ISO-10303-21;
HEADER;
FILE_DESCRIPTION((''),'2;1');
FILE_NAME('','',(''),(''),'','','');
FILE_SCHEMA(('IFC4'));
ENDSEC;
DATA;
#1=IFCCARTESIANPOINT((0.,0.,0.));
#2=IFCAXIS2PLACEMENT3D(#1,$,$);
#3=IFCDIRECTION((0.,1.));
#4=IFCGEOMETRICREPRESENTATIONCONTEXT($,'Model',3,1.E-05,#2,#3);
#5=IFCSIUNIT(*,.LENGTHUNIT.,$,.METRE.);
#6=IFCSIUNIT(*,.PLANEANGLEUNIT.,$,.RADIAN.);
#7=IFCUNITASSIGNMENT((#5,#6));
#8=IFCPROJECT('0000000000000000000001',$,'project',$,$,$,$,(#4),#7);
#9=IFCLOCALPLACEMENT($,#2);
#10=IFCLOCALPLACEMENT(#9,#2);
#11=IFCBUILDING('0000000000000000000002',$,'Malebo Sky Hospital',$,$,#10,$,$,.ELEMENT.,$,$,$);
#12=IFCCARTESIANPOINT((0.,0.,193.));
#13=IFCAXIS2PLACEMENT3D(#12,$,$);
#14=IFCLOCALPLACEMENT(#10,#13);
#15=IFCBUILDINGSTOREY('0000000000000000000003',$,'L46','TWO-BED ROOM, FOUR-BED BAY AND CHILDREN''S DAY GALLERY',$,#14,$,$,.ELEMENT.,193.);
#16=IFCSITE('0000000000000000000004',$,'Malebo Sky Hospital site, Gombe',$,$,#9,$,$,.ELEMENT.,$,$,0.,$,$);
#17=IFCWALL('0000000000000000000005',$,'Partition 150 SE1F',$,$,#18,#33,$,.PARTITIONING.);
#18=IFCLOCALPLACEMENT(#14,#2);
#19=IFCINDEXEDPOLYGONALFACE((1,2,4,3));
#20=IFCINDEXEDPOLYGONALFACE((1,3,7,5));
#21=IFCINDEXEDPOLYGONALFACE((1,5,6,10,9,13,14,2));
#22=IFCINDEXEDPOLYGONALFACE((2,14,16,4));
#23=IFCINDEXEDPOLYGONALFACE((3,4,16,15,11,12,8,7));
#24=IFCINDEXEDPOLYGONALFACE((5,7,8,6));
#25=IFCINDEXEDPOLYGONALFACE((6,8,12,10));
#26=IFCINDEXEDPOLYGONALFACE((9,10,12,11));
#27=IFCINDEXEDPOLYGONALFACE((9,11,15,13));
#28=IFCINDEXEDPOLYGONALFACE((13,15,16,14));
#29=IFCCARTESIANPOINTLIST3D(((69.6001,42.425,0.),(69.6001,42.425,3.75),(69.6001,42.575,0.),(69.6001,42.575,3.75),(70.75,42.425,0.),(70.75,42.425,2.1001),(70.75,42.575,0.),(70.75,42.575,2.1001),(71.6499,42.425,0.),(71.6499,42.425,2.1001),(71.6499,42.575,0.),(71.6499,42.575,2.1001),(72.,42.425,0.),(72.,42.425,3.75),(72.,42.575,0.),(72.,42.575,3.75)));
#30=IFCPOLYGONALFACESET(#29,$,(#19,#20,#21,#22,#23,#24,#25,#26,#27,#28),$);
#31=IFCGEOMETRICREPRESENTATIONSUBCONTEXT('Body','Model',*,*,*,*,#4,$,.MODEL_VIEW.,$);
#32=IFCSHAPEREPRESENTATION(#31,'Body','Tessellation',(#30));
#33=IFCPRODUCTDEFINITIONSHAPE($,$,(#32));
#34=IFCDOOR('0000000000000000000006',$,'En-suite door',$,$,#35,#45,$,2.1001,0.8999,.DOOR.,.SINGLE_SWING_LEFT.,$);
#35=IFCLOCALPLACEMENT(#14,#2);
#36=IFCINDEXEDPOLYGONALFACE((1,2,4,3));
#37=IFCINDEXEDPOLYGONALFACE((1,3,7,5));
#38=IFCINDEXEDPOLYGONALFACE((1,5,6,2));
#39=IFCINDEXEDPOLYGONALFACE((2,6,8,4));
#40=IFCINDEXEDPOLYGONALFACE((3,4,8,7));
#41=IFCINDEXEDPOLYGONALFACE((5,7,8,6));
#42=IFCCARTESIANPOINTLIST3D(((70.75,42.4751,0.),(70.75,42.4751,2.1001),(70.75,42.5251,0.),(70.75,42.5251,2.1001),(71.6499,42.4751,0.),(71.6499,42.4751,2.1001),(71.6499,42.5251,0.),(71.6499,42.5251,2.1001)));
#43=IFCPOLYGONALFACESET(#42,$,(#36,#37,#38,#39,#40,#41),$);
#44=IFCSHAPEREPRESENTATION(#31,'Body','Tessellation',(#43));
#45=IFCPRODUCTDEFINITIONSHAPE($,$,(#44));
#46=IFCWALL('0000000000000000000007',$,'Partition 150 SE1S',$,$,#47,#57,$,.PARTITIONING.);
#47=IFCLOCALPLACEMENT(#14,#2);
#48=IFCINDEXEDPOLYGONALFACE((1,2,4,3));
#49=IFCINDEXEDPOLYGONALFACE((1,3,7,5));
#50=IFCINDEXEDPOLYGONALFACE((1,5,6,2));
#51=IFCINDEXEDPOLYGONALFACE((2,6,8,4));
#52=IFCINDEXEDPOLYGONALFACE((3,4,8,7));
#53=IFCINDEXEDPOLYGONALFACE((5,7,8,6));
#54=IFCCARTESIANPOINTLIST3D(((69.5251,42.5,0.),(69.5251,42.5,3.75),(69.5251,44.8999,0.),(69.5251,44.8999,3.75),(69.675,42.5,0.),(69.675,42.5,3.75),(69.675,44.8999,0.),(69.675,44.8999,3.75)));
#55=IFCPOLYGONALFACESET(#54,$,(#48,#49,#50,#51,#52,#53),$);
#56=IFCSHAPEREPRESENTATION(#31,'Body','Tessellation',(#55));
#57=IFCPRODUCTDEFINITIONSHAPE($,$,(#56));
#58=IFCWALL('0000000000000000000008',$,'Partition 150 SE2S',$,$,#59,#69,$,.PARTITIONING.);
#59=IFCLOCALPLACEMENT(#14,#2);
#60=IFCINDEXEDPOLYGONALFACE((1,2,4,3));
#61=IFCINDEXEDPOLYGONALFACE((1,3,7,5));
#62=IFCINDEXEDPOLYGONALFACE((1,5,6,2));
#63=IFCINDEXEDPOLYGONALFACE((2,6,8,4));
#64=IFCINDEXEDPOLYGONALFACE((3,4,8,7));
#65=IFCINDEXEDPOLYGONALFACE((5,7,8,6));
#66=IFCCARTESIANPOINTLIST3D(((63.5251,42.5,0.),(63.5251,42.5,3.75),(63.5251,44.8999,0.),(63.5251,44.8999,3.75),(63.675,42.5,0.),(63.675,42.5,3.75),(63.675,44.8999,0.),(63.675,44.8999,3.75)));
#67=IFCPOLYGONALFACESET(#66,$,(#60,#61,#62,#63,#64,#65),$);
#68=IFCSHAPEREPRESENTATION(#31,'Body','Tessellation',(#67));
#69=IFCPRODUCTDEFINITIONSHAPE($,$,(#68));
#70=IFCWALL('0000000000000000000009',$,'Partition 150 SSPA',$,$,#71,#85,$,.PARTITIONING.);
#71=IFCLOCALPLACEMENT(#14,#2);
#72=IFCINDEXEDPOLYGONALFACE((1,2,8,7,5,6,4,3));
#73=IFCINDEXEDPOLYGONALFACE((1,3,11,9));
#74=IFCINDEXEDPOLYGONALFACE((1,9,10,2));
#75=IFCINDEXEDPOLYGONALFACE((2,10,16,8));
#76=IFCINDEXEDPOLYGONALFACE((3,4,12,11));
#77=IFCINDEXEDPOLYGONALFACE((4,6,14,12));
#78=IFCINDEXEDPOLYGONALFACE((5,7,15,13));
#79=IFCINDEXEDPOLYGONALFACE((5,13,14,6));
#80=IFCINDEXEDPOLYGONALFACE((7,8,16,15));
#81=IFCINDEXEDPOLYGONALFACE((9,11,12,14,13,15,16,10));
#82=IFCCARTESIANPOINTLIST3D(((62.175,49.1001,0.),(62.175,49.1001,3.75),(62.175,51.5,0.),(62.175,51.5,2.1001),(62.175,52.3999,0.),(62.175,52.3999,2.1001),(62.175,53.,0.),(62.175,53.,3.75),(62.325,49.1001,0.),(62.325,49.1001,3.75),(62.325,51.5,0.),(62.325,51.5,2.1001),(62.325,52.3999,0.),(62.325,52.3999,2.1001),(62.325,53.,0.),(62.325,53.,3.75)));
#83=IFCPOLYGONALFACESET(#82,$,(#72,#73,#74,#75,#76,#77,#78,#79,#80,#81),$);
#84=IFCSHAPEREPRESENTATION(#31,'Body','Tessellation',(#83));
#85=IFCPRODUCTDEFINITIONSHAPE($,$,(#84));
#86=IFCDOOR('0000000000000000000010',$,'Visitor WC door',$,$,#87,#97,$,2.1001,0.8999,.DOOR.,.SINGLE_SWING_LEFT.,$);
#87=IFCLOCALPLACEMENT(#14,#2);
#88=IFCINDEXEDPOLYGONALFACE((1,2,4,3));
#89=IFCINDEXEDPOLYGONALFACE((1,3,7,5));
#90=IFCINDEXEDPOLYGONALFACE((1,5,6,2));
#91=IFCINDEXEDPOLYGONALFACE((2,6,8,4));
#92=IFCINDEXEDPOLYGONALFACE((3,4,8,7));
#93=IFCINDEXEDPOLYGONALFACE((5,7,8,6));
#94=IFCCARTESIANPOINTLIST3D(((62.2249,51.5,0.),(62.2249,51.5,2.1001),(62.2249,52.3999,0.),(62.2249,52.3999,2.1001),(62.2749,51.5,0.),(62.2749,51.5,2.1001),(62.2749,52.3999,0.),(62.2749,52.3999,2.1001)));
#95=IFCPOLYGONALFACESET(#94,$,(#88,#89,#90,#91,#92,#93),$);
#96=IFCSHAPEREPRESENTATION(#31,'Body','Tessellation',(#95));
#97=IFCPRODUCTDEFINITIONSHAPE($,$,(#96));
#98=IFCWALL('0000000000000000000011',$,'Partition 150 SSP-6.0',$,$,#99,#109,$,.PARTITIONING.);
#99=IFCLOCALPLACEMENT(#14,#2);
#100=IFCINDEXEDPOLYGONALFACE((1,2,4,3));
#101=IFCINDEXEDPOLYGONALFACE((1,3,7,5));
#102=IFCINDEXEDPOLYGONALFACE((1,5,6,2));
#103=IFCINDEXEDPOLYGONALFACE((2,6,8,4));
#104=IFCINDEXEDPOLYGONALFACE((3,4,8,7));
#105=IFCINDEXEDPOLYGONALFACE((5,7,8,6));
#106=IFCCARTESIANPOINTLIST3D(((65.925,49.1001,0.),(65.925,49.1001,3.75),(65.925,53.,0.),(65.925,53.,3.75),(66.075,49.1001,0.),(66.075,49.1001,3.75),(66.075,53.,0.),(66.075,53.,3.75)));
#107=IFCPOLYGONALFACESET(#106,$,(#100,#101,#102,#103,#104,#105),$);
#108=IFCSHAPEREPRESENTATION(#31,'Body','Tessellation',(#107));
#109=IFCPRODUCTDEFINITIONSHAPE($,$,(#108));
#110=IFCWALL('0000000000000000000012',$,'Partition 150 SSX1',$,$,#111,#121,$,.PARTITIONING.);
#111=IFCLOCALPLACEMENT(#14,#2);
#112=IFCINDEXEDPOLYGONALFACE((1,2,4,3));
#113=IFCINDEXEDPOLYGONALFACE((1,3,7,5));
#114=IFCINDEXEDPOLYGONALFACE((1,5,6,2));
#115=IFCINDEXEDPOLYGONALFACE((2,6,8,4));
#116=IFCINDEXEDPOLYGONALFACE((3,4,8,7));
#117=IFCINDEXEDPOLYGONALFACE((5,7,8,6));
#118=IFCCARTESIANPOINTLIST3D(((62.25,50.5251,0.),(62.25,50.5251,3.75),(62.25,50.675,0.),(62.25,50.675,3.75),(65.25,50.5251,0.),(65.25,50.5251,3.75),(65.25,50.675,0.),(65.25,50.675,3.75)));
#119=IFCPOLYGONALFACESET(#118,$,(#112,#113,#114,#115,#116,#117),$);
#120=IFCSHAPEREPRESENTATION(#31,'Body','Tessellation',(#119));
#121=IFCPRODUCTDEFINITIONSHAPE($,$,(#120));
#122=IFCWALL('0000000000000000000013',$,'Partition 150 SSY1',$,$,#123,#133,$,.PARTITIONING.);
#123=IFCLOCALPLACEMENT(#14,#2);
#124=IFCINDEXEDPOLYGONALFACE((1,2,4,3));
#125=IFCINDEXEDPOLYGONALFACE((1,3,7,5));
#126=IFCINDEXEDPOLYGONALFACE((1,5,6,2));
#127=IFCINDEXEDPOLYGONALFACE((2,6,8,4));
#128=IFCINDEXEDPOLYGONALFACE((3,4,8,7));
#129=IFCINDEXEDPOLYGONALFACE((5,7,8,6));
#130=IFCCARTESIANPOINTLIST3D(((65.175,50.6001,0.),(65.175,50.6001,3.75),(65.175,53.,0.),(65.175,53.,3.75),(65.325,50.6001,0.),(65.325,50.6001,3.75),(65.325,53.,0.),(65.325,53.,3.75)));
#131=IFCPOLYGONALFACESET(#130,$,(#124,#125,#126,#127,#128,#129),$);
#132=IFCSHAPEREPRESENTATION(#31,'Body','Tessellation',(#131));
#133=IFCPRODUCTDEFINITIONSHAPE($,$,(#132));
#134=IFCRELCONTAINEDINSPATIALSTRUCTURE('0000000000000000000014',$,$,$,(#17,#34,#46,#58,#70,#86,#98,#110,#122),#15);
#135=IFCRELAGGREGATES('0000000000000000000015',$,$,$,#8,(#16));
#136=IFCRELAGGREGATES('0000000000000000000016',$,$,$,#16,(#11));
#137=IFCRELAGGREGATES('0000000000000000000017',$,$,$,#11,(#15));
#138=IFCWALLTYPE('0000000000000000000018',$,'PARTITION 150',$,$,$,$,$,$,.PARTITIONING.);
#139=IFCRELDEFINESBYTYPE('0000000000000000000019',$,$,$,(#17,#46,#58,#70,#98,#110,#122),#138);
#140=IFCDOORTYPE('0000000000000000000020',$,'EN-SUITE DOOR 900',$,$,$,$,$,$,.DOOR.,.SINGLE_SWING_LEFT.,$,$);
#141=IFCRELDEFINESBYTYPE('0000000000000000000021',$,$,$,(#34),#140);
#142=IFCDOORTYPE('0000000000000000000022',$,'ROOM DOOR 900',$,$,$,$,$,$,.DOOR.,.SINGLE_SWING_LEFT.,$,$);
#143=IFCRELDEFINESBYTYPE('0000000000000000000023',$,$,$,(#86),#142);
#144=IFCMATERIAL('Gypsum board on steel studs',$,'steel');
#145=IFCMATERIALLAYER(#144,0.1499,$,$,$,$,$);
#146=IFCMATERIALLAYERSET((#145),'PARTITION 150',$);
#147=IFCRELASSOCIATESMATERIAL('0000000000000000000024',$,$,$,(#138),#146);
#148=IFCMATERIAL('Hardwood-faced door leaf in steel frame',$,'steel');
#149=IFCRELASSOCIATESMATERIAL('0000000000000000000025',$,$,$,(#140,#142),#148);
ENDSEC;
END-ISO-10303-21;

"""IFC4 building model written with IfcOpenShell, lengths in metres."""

from ifc_helpers import new_model, si_unit, direction, frame, frame_2d, origin, place, context, subcontext, project, spatial, rectangle, extrude, material, layer, layer_set, type_object, element, fill, save


model = new_model("IFC4")

# Units and contexts
model_context = context("Model", 3, precision=1e-05, world=origin(), true_north=direction((0.0, 1.0)))
body_context = subcontext(model_context, "Body", "Model", "MODEL_VIEW")
ifc_project = project(units=[si_unit("LENGTHUNIT", "METRE"), si_unit("PLANEANGLEUNIT", "RADIAN")], contexts=[model_context])

# Site, building, storey
site_placement = place(None, origin())
site = spatial("IfcSite", under=ifc_project, at=site_placement, Name="Malebo Sky Hospital site, Gombe", CompositionType="ELEMENT", RefElevation=0.0)
building_placement = place(site_placement, origin())
building = spatial("IfcBuilding", under=site, at=building_placement, Name="Malebo Sky Hospital", CompositionType="ELEMENT")
storey_placement = place(building_placement, frame((0.0, 0.0, 193.0)))
storey = spatial("IfcBuildingStorey", under=building, at=storey_placement, Name="L46", Description="TWO-BED ROOM, FOUR-BED BAY AND CHILDREN'S DAY GALLERY", CompositionType="ELEMENT", Elevation=193.0)

# Shared definitions
ifc_material_1 = material(Name="Gypsum board on steel studs", Category="steel")
ifc_material_2 = material(Name="Hardwood-faced door leaf in steel frame", Category="steel")

# Shared definitions
ifc_layer_1 = layer(ifc_material_1, 0.1499)
ifc_layer_set_1 = layer_set([ifc_layer_1], Name="PARTITION 150")
wall_type_1 = type_object("IfcWallType", Name="PARTITION 150", PredefinedType="PARTITIONING", material=ifc_layer_set_1)

# Wall, opening, door
wall_1_placement = place(storey_placement, frame((72.0, 42.5, 0.0), z_axis=(0.0, 0.0, 1.0), x_axis=(-1.0, 0.0, 0.0)))
wall_1 = element("IfcWall", 1, at=wall_1_placement, inside=storey, type_object=wall_type_1, Name="Partition 150 SE1F", PredefinedType="PARTITIONING", context=body_context, shape_type="SweptSolid", body=[
    extrude(rectangle(XDim=2.3999, YDim=0.1499, at=frame_2d((1.2, 0.0))), origin(), (0.0, 0.0, 1.0), 3.75),
])
opening_1_placement = place(wall_1_placement, frame((0.3501, 0.0, 0.0)))
opening_1 = element("IfcOpeningElement", 2, at=opening_1_placement, cuts=wall_1, PredefinedType="OPENING", context=body_context, shape_type="SweptSolid", body=[
    extrude(rectangle(XDim=0.8999, YDim=2.1001, at=frame_2d((0.45, 1.05))), frame((0.0, 0.085, 0.0), z_axis=(0.0, -1.0, 0.0), x_axis=(1.0, 0.0, 0.0)), (0.0, 0.0, 1.0), 0.1699),
])
door_type_1 = type_object("IfcDoorType", Name="EN-SUITE DOOR 900", OperationType="SINGLE_SWING_LEFT", PredefinedType="DOOR", material=ifc_material_2)
door_1_placement = place(opening_1_placement, origin())
door_1 = element("IfcDoor", 3, at=door_1_placement, inside=storey, type_object=door_type_1, Name="En-suite door", OperationType="SINGLE_SWING_LEFT", OverallHeight=2.1001, OverallWidth=0.8999, PredefinedType="DOOR", context=body_context, shape_type="SweptSolid", body=[
    extrude(rectangle(XDim=0.8999, YDim=2.1001, at=frame_2d((0.45, 1.05))), frame((0.0, 0.0249, 0.0), z_axis=(0.0, -1.0, 0.0), x_axis=(1.0, 0.0, 0.0)), (0.0, 0.0, 1.0), 0.05),
])
fill(opening_1, door_1)

# Walls
for number, where, z_axis, x_axis, name in (
    (4, (69.6001, 44.8999, 0.0), (0.0, 0.0, 1.0), (0.0, -1.0, 0.0), "Partition 150 SE1S"),
    (5, (63.6001, 44.8999, 0.0), (0.0, 0.0, 1.0), (0.0, -1.0, 0.0), "Partition 150 SE2S"),
):
    element("IfcWall", number, at=place(storey_placement, frame(where, z_axis=z_axis, x_axis=x_axis)), inside=storey, type_object=wall_type_1, Name=name, PredefinedType="PARTITIONING", context=body_context, shape_type="SweptSolid", body=[
        extrude(rectangle(XDim=2.3999, YDim=0.1499, at=frame_2d((1.2, 0.0))), origin(), (0.0, 0.0, 1.0), 3.75),
    ])

# Wall, opening, door
wall_2_placement = place(storey_placement, frame((62.25, 53.0, 0.0), z_axis=(0.0, 0.0, 1.0), x_axis=(0.0, -1.0, 0.0)))
wall_2 = element("IfcWall", 6, at=wall_2_placement, inside=storey, type_object=wall_type_1, Name="Partition 150 SSPA", PredefinedType="PARTITIONING", context=body_context, shape_type="SweptSolid", body=[
    extrude(rectangle(XDim=3.8999, YDim=0.1499, at=frame_2d((1.95, 0.0))), origin(), (0.0, 0.0, 1.0), 3.75),
])
opening_2_placement = place(wall_2_placement, frame((0.6001, 0.0, 0.0)))
opening_2 = element("IfcOpeningElement", 7, at=opening_2_placement, cuts=wall_2, PredefinedType="OPENING", context=body_context, shape_type="SweptSolid", body=[
    extrude(rectangle(XDim=0.8999, YDim=2.1001, at=frame_2d((0.45, 1.05))), frame((0.0, 0.085, 0.0), z_axis=(0.0, -1.0, 0.0), x_axis=(1.0, 0.0, 0.0)), (0.0, 0.0, 1.0), 0.1699),
])
door_type_2 = type_object("IfcDoorType", Name="ROOM DOOR 900", OperationType="SINGLE_SWING_LEFT", PredefinedType="DOOR", material=ifc_material_2)
door_2_placement = place(opening_2_placement, origin())
door_2 = element("IfcDoor", 8, at=door_2_placement, inside=storey, type_object=door_type_2, Name="Visitor WC door", OperationType="SINGLE_SWING_LEFT", OverallHeight=2.1001, OverallWidth=0.8999, PredefinedType="DOOR", context=body_context, shape_type="SweptSolid", body=[
    extrude(rectangle(XDim=0.8999, YDim=2.1001, at=frame_2d((0.45, 1.05))), frame((0.0, 0.0249, 0.0), z_axis=(0.0, -1.0, 0.0), x_axis=(1.0, 0.0, 0.0)), (0.0, 0.0, 1.0), 0.05),
])
fill(opening_2, door_2)

# Walls
wall_3_placement = place(storey_placement, frame((66.0, 53.0, 0.0), z_axis=(0.0, 0.0, 1.0), x_axis=(0.0, -1.0, 0.0)))
element("IfcWall", 9, at=wall_3_placement, inside=storey, type_object=wall_type_1, Name="Partition 150 SSP-6.0", PredefinedType="PARTITIONING", context=body_context, shape_type="SweptSolid", body=[
    extrude(rectangle(XDim=3.8999, YDim=0.1499, at=frame_2d((1.95, 0.0))), origin(), (0.0, 0.0, 1.0), 3.75),
])
wall_4_placement = place(storey_placement, frame((65.25, 50.6001, 0.0), z_axis=(0.0, 0.0, 1.0), x_axis=(-1.0, 0.0, 0.0)))
element("IfcWall", 10, at=wall_4_placement, inside=storey, type_object=wall_type_1, Name="Partition 150 SSX1", PredefinedType="PARTITIONING", context=body_context, shape_type="SweptSolid", body=[
    extrude(rectangle(XDim=3.0, YDim=0.1499, at=frame_2d((1.5, 0.0))), origin(), (0.0, 0.0, 1.0), 3.75),
])
wall_5_placement = place(storey_placement, frame((65.25, 53.0, 0.0), z_axis=(0.0, 0.0, 1.0), x_axis=(0.0, -1.0, 0.0)))
element("IfcWall", 11, at=wall_5_placement, inside=storey, type_object=wall_type_1, Name="Partition 150 SSY1", PredefinedType="PARTITIONING", context=body_context, shape_type="SweptSolid", body=[
    extrude(rectangle(XDim=2.3999, YDim=0.1499, at=frame_2d((1.2, 0.0))), origin(), (0.0, 0.0, 1.0), 3.75),
])

save(model, "model.ifc")
